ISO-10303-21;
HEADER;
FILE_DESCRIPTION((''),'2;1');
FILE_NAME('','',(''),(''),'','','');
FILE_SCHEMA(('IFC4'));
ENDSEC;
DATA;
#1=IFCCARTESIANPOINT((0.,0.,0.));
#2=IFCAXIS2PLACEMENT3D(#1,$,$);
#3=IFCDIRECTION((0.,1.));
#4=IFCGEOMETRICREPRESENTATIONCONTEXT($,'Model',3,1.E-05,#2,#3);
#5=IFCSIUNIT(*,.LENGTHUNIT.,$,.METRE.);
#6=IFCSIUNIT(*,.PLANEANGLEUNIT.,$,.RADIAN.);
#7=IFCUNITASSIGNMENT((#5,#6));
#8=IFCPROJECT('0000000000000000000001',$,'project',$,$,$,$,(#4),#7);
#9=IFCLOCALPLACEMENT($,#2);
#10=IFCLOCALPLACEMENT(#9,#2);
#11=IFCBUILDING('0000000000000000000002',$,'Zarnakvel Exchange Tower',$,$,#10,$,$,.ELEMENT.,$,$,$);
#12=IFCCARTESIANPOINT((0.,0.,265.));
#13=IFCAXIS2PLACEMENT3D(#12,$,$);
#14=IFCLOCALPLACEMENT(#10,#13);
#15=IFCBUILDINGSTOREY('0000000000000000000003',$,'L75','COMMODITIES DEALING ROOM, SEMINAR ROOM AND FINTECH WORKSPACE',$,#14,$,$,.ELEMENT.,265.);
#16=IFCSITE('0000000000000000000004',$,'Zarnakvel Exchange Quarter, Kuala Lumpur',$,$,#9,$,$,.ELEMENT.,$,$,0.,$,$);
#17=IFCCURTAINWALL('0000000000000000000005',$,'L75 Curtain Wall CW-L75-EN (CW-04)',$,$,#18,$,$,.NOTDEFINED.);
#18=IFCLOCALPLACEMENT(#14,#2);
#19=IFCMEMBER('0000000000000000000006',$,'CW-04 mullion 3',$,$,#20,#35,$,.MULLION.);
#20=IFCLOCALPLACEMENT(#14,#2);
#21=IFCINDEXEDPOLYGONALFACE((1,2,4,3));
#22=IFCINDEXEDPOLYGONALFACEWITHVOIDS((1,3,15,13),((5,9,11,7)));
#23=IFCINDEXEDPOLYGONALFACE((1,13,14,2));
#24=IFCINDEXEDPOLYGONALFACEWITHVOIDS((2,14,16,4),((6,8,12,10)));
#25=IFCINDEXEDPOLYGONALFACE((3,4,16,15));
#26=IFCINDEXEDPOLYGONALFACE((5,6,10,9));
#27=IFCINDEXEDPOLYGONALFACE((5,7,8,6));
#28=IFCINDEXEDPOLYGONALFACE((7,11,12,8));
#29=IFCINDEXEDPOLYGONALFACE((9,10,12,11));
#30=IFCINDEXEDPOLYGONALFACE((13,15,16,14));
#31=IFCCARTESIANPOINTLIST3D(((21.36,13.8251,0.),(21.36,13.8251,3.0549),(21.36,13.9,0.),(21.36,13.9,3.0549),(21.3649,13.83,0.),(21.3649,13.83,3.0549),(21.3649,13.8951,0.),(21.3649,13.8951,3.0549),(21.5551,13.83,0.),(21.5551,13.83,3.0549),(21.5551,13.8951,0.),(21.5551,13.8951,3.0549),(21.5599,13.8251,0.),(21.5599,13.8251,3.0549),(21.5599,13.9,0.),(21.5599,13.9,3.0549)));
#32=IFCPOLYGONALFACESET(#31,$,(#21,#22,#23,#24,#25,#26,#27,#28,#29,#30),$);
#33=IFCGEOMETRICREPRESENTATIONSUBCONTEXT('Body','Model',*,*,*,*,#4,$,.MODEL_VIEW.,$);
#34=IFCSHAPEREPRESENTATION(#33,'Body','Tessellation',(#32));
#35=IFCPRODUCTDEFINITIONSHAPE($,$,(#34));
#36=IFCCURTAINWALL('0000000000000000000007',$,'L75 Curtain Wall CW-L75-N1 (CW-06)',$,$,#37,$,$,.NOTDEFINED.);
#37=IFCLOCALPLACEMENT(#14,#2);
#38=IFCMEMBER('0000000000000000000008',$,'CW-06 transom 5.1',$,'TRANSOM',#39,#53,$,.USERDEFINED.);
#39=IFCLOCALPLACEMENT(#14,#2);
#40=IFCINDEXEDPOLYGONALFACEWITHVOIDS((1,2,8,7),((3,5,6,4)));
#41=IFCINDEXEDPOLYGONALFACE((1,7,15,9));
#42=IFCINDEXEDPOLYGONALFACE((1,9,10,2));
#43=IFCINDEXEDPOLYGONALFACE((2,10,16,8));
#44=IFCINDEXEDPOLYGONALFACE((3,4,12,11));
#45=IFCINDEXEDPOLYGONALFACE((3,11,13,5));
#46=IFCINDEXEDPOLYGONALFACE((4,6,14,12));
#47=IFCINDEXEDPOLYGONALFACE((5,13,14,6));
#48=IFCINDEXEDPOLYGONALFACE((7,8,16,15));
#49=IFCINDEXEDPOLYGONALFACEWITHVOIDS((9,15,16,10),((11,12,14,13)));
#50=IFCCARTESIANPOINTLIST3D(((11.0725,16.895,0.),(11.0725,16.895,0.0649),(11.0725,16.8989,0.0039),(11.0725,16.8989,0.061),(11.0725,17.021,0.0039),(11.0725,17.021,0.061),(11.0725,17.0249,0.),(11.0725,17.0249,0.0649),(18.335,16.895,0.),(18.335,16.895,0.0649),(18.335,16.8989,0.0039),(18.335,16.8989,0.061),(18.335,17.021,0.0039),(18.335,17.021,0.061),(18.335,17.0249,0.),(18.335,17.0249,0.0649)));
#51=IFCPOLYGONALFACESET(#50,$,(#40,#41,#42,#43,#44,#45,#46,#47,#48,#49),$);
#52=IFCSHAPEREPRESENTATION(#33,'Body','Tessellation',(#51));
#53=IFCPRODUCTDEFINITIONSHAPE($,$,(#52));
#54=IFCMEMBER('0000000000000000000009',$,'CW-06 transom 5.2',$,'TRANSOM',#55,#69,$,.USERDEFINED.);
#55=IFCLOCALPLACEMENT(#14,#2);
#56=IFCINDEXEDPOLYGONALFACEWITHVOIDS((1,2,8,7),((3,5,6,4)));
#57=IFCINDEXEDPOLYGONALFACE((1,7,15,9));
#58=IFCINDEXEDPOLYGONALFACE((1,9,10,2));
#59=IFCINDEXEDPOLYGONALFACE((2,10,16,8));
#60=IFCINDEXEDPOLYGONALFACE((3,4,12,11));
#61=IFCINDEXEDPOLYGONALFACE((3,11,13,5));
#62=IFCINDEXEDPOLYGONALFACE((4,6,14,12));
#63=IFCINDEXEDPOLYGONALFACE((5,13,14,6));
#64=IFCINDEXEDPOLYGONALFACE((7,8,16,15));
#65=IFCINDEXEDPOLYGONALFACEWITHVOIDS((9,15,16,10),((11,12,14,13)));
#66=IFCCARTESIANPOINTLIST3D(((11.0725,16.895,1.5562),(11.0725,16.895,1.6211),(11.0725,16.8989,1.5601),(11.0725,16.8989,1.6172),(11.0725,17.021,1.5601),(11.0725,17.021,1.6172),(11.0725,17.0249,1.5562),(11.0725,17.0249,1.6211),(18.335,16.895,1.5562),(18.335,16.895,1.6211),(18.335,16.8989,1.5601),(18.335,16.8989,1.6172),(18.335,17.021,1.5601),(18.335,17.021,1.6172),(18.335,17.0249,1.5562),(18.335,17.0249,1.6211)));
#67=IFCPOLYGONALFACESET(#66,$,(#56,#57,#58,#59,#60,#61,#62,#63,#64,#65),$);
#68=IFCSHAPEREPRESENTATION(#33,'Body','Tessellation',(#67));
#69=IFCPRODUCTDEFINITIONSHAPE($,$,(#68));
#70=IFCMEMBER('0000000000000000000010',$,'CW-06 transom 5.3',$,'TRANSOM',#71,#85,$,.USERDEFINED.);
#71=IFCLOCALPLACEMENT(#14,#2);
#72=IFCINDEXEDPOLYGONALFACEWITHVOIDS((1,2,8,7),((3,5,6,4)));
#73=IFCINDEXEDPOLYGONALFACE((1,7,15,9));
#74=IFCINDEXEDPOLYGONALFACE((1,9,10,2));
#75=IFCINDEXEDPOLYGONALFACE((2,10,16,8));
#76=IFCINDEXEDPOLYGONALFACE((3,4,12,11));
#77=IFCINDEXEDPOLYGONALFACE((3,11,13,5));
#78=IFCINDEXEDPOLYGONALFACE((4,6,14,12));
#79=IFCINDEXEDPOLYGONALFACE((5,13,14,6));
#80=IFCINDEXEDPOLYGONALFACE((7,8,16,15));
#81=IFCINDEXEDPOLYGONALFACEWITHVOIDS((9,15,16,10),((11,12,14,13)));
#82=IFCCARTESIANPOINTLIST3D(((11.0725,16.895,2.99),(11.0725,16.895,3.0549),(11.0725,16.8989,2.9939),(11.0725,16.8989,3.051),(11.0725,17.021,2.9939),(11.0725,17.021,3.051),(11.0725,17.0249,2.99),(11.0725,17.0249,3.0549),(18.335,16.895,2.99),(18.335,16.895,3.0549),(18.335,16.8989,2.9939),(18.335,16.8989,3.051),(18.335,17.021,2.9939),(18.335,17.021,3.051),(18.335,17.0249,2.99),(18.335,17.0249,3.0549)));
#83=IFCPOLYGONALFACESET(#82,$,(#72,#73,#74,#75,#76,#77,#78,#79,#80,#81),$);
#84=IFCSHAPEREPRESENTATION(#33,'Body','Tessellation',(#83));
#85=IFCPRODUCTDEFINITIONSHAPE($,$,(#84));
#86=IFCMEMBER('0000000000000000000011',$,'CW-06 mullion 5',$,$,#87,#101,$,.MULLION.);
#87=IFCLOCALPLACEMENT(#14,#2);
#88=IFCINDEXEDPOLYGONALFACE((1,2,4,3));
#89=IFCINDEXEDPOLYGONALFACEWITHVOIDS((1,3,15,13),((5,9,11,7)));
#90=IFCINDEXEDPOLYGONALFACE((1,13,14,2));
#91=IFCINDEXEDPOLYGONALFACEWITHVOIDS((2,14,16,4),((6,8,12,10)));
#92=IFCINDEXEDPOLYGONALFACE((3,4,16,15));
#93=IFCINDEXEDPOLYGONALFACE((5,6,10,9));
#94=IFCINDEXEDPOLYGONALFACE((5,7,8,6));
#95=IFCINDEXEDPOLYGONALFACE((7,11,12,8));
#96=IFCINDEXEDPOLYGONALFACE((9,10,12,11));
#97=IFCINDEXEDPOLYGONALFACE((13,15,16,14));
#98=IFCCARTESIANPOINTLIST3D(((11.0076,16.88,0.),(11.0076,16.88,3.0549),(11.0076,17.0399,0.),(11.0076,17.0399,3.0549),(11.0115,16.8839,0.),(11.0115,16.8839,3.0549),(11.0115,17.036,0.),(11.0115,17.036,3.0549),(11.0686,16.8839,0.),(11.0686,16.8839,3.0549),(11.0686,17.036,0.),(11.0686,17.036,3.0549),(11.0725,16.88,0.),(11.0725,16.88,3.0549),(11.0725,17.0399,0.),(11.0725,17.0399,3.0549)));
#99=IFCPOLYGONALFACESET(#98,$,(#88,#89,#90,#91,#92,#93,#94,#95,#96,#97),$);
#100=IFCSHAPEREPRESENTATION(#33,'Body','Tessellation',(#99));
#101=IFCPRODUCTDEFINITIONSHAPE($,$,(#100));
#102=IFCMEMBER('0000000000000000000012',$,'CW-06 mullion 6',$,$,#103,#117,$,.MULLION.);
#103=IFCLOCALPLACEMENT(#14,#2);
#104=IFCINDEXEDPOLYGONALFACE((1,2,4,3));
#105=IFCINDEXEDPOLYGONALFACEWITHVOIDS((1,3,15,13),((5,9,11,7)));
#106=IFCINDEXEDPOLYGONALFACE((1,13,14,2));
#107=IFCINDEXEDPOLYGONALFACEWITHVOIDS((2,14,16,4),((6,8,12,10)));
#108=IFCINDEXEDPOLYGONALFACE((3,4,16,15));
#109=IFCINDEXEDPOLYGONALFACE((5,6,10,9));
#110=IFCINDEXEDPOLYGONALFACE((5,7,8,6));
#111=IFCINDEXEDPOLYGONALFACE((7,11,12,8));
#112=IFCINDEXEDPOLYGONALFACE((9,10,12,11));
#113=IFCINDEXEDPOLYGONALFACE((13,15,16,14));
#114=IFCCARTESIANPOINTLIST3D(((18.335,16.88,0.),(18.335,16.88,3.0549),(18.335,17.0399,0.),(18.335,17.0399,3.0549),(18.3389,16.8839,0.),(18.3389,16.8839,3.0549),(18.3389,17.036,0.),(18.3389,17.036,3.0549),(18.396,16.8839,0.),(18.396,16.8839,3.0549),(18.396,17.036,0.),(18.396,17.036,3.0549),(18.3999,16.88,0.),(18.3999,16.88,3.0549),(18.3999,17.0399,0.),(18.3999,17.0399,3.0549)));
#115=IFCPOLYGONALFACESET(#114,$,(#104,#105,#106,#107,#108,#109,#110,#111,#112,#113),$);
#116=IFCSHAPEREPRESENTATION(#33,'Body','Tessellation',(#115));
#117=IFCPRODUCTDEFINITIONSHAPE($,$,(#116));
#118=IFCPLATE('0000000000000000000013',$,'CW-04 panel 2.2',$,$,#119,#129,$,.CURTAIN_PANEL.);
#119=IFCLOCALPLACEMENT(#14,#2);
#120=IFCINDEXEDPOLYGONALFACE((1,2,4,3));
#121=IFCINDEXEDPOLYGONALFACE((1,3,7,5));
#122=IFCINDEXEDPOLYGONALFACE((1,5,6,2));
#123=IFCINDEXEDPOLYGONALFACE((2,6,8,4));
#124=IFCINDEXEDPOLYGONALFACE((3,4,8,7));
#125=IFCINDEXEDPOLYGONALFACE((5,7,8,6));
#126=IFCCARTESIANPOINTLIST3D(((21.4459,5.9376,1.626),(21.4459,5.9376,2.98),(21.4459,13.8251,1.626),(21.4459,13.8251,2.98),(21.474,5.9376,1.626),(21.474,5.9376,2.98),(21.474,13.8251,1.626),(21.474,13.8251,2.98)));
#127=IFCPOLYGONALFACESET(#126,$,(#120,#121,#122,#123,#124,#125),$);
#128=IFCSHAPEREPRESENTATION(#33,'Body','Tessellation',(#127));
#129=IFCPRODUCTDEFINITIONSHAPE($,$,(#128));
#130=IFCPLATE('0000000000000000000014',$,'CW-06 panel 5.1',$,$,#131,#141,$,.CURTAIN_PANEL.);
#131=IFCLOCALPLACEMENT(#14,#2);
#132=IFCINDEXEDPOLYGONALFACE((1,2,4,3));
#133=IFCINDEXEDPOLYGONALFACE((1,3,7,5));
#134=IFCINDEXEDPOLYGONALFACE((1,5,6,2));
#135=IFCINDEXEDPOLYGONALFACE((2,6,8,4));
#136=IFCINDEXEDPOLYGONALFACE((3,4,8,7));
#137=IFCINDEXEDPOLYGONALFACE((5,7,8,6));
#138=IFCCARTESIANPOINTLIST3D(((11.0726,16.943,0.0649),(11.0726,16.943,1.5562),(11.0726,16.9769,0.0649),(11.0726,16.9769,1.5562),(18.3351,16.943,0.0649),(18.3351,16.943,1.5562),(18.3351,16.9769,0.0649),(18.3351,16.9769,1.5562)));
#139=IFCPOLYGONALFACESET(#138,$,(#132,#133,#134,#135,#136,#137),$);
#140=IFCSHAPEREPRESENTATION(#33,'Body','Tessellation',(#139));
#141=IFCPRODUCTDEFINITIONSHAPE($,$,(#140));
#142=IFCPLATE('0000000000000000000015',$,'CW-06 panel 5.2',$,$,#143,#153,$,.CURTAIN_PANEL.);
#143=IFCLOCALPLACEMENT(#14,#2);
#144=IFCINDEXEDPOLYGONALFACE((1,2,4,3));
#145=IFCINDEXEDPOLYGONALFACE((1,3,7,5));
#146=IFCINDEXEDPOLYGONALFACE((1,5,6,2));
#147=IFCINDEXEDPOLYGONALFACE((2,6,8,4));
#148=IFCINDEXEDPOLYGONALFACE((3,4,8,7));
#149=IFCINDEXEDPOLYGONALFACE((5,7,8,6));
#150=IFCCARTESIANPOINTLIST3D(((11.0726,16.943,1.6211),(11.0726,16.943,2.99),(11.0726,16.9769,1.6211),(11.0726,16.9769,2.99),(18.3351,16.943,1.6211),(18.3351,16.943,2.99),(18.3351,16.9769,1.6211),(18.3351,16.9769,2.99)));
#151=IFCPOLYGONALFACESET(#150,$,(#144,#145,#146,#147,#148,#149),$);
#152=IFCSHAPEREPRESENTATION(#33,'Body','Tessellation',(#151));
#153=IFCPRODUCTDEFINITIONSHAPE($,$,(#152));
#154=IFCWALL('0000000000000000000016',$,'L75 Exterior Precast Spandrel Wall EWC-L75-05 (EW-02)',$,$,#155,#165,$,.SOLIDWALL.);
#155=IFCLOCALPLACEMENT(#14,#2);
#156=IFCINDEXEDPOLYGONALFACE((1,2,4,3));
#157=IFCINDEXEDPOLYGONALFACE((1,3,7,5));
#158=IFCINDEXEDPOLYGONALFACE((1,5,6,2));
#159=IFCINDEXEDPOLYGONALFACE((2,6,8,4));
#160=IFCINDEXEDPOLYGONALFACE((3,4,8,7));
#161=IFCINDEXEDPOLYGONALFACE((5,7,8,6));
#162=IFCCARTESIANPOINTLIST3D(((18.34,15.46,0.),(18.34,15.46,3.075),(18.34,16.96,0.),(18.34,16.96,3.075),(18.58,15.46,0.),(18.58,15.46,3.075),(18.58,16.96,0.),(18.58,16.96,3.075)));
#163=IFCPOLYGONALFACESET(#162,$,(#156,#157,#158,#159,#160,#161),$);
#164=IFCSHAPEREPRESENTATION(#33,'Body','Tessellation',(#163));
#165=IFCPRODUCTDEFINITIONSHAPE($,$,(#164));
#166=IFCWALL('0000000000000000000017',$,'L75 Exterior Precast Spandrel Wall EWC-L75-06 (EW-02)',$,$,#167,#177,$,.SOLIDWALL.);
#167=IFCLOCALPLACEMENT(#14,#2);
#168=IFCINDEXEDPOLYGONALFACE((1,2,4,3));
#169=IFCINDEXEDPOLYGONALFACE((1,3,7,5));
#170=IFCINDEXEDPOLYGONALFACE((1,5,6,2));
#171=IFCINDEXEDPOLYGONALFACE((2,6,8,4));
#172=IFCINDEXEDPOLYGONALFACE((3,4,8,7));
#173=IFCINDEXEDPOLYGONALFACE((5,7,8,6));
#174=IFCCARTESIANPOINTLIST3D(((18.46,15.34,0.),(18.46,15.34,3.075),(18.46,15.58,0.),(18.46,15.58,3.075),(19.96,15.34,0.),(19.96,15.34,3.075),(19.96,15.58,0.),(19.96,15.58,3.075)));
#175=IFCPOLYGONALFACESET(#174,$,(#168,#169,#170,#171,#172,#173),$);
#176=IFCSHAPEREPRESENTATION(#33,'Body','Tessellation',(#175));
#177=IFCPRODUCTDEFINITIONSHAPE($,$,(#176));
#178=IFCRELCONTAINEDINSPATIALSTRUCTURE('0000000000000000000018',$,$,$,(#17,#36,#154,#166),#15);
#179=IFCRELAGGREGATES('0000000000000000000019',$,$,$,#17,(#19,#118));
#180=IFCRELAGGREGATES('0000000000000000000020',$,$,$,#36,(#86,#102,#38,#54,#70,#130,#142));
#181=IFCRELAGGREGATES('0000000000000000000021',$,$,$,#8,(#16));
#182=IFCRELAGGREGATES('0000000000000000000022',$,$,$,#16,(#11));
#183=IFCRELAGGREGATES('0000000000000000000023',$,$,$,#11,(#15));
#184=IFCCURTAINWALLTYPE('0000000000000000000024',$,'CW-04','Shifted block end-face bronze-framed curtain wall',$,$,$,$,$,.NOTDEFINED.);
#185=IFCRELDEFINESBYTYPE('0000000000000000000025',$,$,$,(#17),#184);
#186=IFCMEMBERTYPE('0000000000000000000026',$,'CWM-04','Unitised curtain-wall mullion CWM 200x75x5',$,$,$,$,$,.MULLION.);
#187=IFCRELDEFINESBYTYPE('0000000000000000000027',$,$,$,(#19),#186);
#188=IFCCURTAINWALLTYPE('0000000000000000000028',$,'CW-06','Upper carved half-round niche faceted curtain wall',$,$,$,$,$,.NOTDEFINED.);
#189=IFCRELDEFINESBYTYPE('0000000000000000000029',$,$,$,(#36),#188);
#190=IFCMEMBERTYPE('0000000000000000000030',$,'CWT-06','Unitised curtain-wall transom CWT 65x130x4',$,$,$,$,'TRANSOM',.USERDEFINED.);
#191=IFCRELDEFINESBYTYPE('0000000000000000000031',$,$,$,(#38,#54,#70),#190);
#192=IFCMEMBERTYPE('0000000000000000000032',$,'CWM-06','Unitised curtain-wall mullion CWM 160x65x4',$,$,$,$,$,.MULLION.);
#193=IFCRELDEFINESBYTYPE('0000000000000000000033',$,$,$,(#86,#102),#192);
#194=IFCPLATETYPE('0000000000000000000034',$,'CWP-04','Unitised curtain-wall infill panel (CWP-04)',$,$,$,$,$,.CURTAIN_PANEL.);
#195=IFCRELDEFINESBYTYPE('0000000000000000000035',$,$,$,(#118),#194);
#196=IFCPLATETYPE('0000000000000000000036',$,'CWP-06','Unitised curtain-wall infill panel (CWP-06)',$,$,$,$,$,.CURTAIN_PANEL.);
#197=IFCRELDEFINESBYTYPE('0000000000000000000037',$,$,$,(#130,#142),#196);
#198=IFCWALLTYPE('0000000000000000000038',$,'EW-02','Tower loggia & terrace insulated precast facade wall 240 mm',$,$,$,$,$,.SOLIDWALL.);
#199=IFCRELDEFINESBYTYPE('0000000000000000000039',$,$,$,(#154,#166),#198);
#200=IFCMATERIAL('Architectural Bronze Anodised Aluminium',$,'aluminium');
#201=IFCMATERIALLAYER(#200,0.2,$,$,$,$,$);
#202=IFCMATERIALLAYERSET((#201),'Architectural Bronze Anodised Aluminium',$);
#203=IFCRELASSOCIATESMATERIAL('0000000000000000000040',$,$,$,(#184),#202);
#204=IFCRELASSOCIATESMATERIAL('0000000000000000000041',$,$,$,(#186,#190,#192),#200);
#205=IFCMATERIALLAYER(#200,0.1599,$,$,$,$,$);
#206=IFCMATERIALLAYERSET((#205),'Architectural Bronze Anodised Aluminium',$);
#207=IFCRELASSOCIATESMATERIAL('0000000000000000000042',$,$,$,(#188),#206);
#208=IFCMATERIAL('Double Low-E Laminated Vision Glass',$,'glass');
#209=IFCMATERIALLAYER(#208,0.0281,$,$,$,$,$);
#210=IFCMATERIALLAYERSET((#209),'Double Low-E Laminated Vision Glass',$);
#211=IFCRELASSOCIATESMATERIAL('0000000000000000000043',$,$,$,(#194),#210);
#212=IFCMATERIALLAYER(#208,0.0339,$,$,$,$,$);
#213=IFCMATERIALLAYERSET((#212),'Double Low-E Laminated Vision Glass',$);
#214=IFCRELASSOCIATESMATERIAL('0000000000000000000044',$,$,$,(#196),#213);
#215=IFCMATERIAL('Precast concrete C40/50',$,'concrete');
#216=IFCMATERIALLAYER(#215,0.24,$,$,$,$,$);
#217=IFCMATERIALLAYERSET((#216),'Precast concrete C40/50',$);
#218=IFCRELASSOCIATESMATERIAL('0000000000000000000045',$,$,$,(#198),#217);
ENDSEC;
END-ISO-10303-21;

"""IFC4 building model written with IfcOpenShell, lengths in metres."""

from ifc_helpers import new_model, si_unit, direction, frame, frame_2d, origin, origin_2d, place, context, subcontext, project, spatial, rectangle, hollow_rectangle, extrude, source, transform, mapped, material, layer, layer_set, material_profile, profile_set, type_object, element, aggregate, save


model = new_model("IFC4")

# Units and contexts
model_context = context("Model", 3, precision=1e-05, world=origin(), true_north=direction((0.0, 1.0)))
body_context = subcontext(model_context, "Body", "Model", "MODEL_VIEW")
ifc_project = project(units=[si_unit("LENGTHUNIT", "METRE"), si_unit("PLANEANGLEUNIT", "RADIAN")], contexts=[model_context])

# Site, building, storey
site_placement = place(None, origin())
site = spatial("IfcSite", under=ifc_project, at=site_placement, Name="Zarnakvel Exchange Quarter, Kuala Lumpur", CompositionType="ELEMENT", RefElevation=0.0)
building_placement = place(site_placement, origin())
building = spatial("IfcBuilding", under=site, at=building_placement, Name="Zarnakvel Exchange Tower", CompositionType="ELEMENT")
storey_placement = place(building_placement, frame((0.0, 0.0, 265.0)))
storey = spatial("IfcBuildingStorey", under=building, at=storey_placement, Name="L75", Description="COMMODITIES DEALING ROOM, SEMINAR ROOM AND FINTECH WORKSPACE", CompositionType="ELEMENT", Elevation=265.0)

# Curtain wall, member
ifc_material_1 = material(Name="Architectural Bronze Anodised Aluminium", Category="aluminium")
ifc_layer_1 = layer(ifc_material_1, 0.2)
ifc_layer_set_1 = layer_set([ifc_layer_1], Name="Architectural Bronze Anodised Aluminium")
curtain_wall_type_1 = type_object("IfcCurtainWallType", Name="CW-04", Description="Shifted block end-face bronze-framed curtain wall", PredefinedType="NOTDEFINED", material=ifc_layer_set_1)
curtain_wall_1_placement = place(storey_placement, origin())
curtain_wall_1 = element("IfcCurtainWall", 1, at=curtain_wall_1_placement, inside=storey, type_object=curtain_wall_type_1, Name="L75 Curtain Wall CW-L75-EN (CW-04)", PredefinedType="NOTDEFINED")
ifc_material_profile_1 = material_profile(ifc_material_1, hollow_rectangle(XDim=0.2, YDim=0.075, WallThickness=0.0049, at=origin_2d()))
ifc_profile_set_1 = profile_set([ifc_material_profile_1], Name="Architectural Bronze Anodised Aluminium")
member_type_1 = type_object("IfcMemberType", Name="CWM-04", Description="Unitised curtain-wall mullion CWM 200x75x5", PredefinedType="MULLION", material=ifc_profile_set_1)
shared_shape_1 = source(origin(), body_context, "Body", "SweptSolid", [
    extrude(hollow_rectangle(XDim=0.2, YDim=0.075, WallThickness=0.0049, at=origin_2d()), origin(), (0.0, 0.0, 1.0), 3.0549),
])
member_1_placement = place(storey_placement, frame((21.46, 13.8625, 0.0), z_axis=(0.0, 0.0, 1.0), x_axis=(-1.0, 0.0, 0.0)))
member_1 = element("IfcMember", 2, at=member_1_placement, type_object=member_type_1, Name="CW-04 mullion 3", PredefinedType="MULLION", context=body_context, shape_type="MappedRepresentation", body=[
    mapped(shared_shape_1, transform((0.0, 0.0, 0.0), x_axis=(1.0, 0.0, 0.0), y_axis=(0.0, 1.0, 0.0), z_axis=(0.0, 0.0, 1.0), scale=1.0)),
])

# Curtain wall, members
ifc_layer_2 = layer(ifc_material_1, 0.1599)
ifc_layer_set_2 = layer_set([ifc_layer_2], Name="Architectural Bronze Anodised Aluminium")
curtain_wall_type_2 = type_object("IfcCurtainWallType", Name="CW-06", Description="Upper carved half-round niche faceted curtain wall", PredefinedType="NOTDEFINED", material=ifc_layer_set_2)
curtain_wall_2_placement = place(storey_placement, origin())
curtain_wall_2 = element("IfcCurtainWall", 3, at=curtain_wall_2_placement, inside=storey, type_object=curtain_wall_type_2, Name="L75 Curtain Wall CW-L75-N1 (CW-06)", PredefinedType="NOTDEFINED")
ifc_material_profile_2 = material_profile(ifc_material_1, hollow_rectangle(XDim=0.1299, YDim=0.0649, WallThickness=0.0039, at=origin_2d()))
ifc_profile_set_2 = profile_set([ifc_material_profile_2], Name="Architectural Bronze Anodised Aluminium")
member_type_2 = type_object("IfcMemberType", Name="CWT-06", Description="Unitised curtain-wall transom CWT 65x130x4", ElementType="TRANSOM", PredefinedType="USERDEFINED", material=ifc_profile_set_2)
shared_shape_2 = source(origin(), body_context, "Body", "SweptSolid", [
    extrude(hollow_rectangle(XDim=0.1299, YDim=0.0649, WallThickness=0.0039, at=origin_2d()), origin(), (0.0, 0.0, 1.0), 7.2625),
])
member_2_placement = place(storey_placement, frame((11.0725, 16.96, 0.0325), z_axis=(1.0, 0.0, 0.0), x_axis=(0.0, 1.0, 0.0)))
member_2 = element("IfcMember", 4, at=member_2_placement, type_object=member_type_2, Name="CW-06 transom 5.1", ObjectType="TRANSOM", PredefinedType="USERDEFINED", context=body_context, shape_type="MappedRepresentation", body=[
    mapped(shared_shape_2, transform((0.0, 0.0, 0.0), x_axis=(1.0, 0.0, 0.0), y_axis=(0.0, 1.0, 0.0), z_axis=(0.0, 0.0, 1.0), scale=1.0)),
])
member_3_placement = place(storey_placement, frame((11.0725, 16.96, 1.5886), z_axis=(1.0, 0.0, 0.0), x_axis=(0.0, 1.0, 0.0)))
member_3 = element("IfcMember", 5, at=member_3_placement, type_object=member_type_2, Name="CW-06 transom 5.2", ObjectType="TRANSOM", PredefinedType="USERDEFINED", context=body_context, shape_type="MappedRepresentation", body=[
    mapped(shared_shape_2, transform((0.0, 0.0, 0.0), x_axis=(1.0, 0.0, 0.0), y_axis=(0.0, 1.0, 0.0), z_axis=(0.0, 0.0, 1.0), scale=1.0)),
])
member_4_placement = place(storey_placement, frame((11.0725, 16.96, 3.0225), z_axis=(1.0, 0.0, 0.0), x_axis=(0.0, 1.0, 0.0)))
member_4 = element("IfcMember", 6, at=member_4_placement, type_object=member_type_2, Name="CW-06 transom 5.3", ObjectType="TRANSOM", PredefinedType="USERDEFINED", context=body_context, shape_type="MappedRepresentation", body=[
    mapped(shared_shape_2, transform((0.0, 0.0, 0.0), x_axis=(1.0, 0.0, 0.0), y_axis=(0.0, 1.0, 0.0), z_axis=(0.0, 0.0, 1.0), scale=1.0)),
])
ifc_material_profile_3 = material_profile(ifc_material_1, hollow_rectangle(XDim=0.1599, YDim=0.0649, WallThickness=0.0039, at=origin_2d()))
ifc_profile_set_3 = profile_set([ifc_material_profile_3], Name="Architectural Bronze Anodised Aluminium")
member_type_3 = type_object("IfcMemberType", Name="CWM-06", Description="Unitised curtain-wall mullion CWM 160x65x4", PredefinedType="MULLION", material=ifc_profile_set_3)
shared_shape_3 = source(origin(), body_context, "Body", "SweptSolid", [
    extrude(hollow_rectangle(XDim=0.1599, YDim=0.0649, WallThickness=0.0039, at=origin_2d()), origin(), (0.0, 0.0, 1.0), 3.0549),
])
member_5_placement = place(storey_placement, frame((11.04, 16.96, 0.0), z_axis=(0.0, 0.0, 1.0), x_axis=(0.0, 1.0, 0.0)))
member_5 = element("IfcMember", 7, at=member_5_placement, type_object=member_type_3, Name="CW-06 mullion 5", PredefinedType="MULLION", context=body_context, shape_type="MappedRepresentation", body=[
    mapped(shared_shape_3, transform((0.0, 0.0, 0.0), x_axis=(1.0, 0.0, 0.0), y_axis=(0.0, 1.0, 0.0), z_axis=(0.0, 0.0, 1.0), scale=1.0)),
])
member_6_placement = place(storey_placement, frame((18.3674, 16.96, 0.0), z_axis=(0.0, 0.0, 1.0), x_axis=(0.0, 1.0, 0.0)))
member_6 = element("IfcMember", 8, at=member_6_placement, type_object=member_type_3, Name="CW-06 mullion 6", PredefinedType="MULLION", context=body_context, shape_type="MappedRepresentation", body=[
    mapped(shared_shape_3, transform((0.0, 0.0, 0.0), x_axis=(1.0, 0.0, 0.0), y_axis=(0.0, 1.0, 0.0), z_axis=(0.0, 0.0, 1.0), scale=1.0)),
])

# Plates
ifc_material_2 = material(Name="Double Low-E Laminated Vision Glass", Category="glass")
ifc_layer_3 = layer(ifc_material_2, 0.0281)
ifc_layer_set_3 = layer_set([ifc_layer_3], Name="Double Low-E Laminated Vision Glass")
plate_type_1 = type_object("IfcPlateType", Name="CWP-04", Description="Unitised curtain-wall infill panel (CWP-04)", PredefinedType="CURTAIN_PANEL", material=ifc_layer_set_3)
shared_shape_4 = source(origin(), body_context, "Body", "SweptSolid", [
    extrude(rectangle(XDim=7.8875, YDim=0.0281, at=origin_2d()), origin(), (0.0, 0.0, 1.0), 1.354),
])
plate_1_placement = place(storey_placement, frame((21.46, 9.8813, 1.626), z_axis=(0.0, 0.0, 1.0), x_axis=(0.0, 1.0, 0.0)))
plate_1 = element("IfcPlate", 9, at=plate_1_placement, type_object=plate_type_1, Name="CW-04 panel 2.2", PredefinedType="CURTAIN_PANEL", context=body_context, shape_type="MappedRepresentation", body=[
    mapped(shared_shape_4, transform((0.0, 0.0, 0.0), x_axis=(1.0, 0.0, 0.0), y_axis=(0.0, 1.0, 0.0), z_axis=(0.0, 0.0, 1.0), scale=1.0)),
])
aggregate(curtain_wall_1, [member_1, plate_1])
ifc_layer_4 = layer(ifc_material_2, 0.0339)
ifc_layer_set_4 = layer_set([ifc_layer_4], Name="Double Low-E Laminated Vision Glass")
plate_type_2 = type_object("IfcPlateType", Name="CWP-06", Description="Unitised curtain-wall infill panel (CWP-06)", PredefinedType="CURTAIN_PANEL", material=ifc_layer_set_4)
shared_shape_5 = source(origin(), body_context, "Body", "SweptSolid", [
    extrude(rectangle(XDim=7.2625, YDim=0.0339, at=origin_2d()), origin(), (0.0, 0.0, 1.0), 1.4912),
])
plate_2_placement = place(storey_placement, frame((14.7039, 16.96, 0.0649), z_axis=(0.0, 0.0, 1.0), x_axis=(1.0, 0.0, 0.0)))
plate_2 = element("IfcPlate", 10, at=plate_2_placement, type_object=plate_type_2, Name="CW-06 panel 5.1", PredefinedType="CURTAIN_PANEL", context=body_context, shape_type="MappedRepresentation", body=[
    mapped(shared_shape_5, transform((0.0, 0.0, 0.0), x_axis=(1.0, 0.0, 0.0), y_axis=(0.0, 1.0, 0.0), z_axis=(0.0, 0.0, 1.0), scale=1.0)),
])
shared_shape_6 = source(origin(), body_context, "Body", "SweptSolid", [
    extrude(rectangle(XDim=7.2625, YDim=0.0339, at=origin_2d()), origin(), (0.0, 0.0, 1.0), 1.3689),
])
plate_3_placement = place(storey_placement, frame((14.7039, 16.96, 1.6211), z_axis=(0.0, 0.0, 1.0), x_axis=(1.0, 0.0, 0.0)))
plate_3 = element("IfcPlate", 11, at=plate_3_placement, type_object=plate_type_2, Name="CW-06 panel 5.2", PredefinedType="CURTAIN_PANEL", context=body_context, shape_type="MappedRepresentation", body=[
    mapped(shared_shape_6, transform((0.0, 0.0, 0.0), x_axis=(1.0, 0.0, 0.0), y_axis=(0.0, 1.0, 0.0), z_axis=(0.0, 0.0, 1.0), scale=1.0)),
])
aggregate(curtain_wall_2, [member_5, member_6, member_2, member_3, member_4, plate_2, plate_3])

# Walls
ifc_material_3 = material(Name="Precast concrete C40/50", Category="concrete")
ifc_layer_5 = layer(ifc_material_3, 0.24)
ifc_layer_set_5 = layer_set([ifc_layer_5], Name="Precast concrete C40/50")
wall_type_1 = type_object("IfcWallType", Name="EW-02", Description="Tower loggia & terrace insulated precast facade wall 240 mm", PredefinedType="SOLIDWALL", material=ifc_layer_set_5)
for number, where, z_axis, x_axis, name in (
    (12, (18.46, 15.46, 0.0), (0.0, 0.0, 1.0), (0.0, 1.0, 0.0), "L75 Exterior Precast Spandrel Wall EWC-L75-05 (EW-02)"),
    (13, (19.96, 15.46, 0.0), (0.0, 0.0, 1.0), (-1.0, 0.0, 0.0), "L75 Exterior Precast Spandrel Wall EWC-L75-06 (EW-02)"),
):
    element("IfcWall", number, at=place(storey_placement, frame(where, z_axis=z_axis, x_axis=x_axis)), inside=storey, type_object=wall_type_1, Name=name, PredefinedType="SOLIDWALL", context=body_context, shape_type="SweptSolid", body=[
        extrude(rectangle(XDim=1.5, YDim=0.24, at=frame_2d((0.75, 0.0))), origin(), (0.0, 0.0, 1.0), 3.075),
    ])

save(model, "model.ifc")
